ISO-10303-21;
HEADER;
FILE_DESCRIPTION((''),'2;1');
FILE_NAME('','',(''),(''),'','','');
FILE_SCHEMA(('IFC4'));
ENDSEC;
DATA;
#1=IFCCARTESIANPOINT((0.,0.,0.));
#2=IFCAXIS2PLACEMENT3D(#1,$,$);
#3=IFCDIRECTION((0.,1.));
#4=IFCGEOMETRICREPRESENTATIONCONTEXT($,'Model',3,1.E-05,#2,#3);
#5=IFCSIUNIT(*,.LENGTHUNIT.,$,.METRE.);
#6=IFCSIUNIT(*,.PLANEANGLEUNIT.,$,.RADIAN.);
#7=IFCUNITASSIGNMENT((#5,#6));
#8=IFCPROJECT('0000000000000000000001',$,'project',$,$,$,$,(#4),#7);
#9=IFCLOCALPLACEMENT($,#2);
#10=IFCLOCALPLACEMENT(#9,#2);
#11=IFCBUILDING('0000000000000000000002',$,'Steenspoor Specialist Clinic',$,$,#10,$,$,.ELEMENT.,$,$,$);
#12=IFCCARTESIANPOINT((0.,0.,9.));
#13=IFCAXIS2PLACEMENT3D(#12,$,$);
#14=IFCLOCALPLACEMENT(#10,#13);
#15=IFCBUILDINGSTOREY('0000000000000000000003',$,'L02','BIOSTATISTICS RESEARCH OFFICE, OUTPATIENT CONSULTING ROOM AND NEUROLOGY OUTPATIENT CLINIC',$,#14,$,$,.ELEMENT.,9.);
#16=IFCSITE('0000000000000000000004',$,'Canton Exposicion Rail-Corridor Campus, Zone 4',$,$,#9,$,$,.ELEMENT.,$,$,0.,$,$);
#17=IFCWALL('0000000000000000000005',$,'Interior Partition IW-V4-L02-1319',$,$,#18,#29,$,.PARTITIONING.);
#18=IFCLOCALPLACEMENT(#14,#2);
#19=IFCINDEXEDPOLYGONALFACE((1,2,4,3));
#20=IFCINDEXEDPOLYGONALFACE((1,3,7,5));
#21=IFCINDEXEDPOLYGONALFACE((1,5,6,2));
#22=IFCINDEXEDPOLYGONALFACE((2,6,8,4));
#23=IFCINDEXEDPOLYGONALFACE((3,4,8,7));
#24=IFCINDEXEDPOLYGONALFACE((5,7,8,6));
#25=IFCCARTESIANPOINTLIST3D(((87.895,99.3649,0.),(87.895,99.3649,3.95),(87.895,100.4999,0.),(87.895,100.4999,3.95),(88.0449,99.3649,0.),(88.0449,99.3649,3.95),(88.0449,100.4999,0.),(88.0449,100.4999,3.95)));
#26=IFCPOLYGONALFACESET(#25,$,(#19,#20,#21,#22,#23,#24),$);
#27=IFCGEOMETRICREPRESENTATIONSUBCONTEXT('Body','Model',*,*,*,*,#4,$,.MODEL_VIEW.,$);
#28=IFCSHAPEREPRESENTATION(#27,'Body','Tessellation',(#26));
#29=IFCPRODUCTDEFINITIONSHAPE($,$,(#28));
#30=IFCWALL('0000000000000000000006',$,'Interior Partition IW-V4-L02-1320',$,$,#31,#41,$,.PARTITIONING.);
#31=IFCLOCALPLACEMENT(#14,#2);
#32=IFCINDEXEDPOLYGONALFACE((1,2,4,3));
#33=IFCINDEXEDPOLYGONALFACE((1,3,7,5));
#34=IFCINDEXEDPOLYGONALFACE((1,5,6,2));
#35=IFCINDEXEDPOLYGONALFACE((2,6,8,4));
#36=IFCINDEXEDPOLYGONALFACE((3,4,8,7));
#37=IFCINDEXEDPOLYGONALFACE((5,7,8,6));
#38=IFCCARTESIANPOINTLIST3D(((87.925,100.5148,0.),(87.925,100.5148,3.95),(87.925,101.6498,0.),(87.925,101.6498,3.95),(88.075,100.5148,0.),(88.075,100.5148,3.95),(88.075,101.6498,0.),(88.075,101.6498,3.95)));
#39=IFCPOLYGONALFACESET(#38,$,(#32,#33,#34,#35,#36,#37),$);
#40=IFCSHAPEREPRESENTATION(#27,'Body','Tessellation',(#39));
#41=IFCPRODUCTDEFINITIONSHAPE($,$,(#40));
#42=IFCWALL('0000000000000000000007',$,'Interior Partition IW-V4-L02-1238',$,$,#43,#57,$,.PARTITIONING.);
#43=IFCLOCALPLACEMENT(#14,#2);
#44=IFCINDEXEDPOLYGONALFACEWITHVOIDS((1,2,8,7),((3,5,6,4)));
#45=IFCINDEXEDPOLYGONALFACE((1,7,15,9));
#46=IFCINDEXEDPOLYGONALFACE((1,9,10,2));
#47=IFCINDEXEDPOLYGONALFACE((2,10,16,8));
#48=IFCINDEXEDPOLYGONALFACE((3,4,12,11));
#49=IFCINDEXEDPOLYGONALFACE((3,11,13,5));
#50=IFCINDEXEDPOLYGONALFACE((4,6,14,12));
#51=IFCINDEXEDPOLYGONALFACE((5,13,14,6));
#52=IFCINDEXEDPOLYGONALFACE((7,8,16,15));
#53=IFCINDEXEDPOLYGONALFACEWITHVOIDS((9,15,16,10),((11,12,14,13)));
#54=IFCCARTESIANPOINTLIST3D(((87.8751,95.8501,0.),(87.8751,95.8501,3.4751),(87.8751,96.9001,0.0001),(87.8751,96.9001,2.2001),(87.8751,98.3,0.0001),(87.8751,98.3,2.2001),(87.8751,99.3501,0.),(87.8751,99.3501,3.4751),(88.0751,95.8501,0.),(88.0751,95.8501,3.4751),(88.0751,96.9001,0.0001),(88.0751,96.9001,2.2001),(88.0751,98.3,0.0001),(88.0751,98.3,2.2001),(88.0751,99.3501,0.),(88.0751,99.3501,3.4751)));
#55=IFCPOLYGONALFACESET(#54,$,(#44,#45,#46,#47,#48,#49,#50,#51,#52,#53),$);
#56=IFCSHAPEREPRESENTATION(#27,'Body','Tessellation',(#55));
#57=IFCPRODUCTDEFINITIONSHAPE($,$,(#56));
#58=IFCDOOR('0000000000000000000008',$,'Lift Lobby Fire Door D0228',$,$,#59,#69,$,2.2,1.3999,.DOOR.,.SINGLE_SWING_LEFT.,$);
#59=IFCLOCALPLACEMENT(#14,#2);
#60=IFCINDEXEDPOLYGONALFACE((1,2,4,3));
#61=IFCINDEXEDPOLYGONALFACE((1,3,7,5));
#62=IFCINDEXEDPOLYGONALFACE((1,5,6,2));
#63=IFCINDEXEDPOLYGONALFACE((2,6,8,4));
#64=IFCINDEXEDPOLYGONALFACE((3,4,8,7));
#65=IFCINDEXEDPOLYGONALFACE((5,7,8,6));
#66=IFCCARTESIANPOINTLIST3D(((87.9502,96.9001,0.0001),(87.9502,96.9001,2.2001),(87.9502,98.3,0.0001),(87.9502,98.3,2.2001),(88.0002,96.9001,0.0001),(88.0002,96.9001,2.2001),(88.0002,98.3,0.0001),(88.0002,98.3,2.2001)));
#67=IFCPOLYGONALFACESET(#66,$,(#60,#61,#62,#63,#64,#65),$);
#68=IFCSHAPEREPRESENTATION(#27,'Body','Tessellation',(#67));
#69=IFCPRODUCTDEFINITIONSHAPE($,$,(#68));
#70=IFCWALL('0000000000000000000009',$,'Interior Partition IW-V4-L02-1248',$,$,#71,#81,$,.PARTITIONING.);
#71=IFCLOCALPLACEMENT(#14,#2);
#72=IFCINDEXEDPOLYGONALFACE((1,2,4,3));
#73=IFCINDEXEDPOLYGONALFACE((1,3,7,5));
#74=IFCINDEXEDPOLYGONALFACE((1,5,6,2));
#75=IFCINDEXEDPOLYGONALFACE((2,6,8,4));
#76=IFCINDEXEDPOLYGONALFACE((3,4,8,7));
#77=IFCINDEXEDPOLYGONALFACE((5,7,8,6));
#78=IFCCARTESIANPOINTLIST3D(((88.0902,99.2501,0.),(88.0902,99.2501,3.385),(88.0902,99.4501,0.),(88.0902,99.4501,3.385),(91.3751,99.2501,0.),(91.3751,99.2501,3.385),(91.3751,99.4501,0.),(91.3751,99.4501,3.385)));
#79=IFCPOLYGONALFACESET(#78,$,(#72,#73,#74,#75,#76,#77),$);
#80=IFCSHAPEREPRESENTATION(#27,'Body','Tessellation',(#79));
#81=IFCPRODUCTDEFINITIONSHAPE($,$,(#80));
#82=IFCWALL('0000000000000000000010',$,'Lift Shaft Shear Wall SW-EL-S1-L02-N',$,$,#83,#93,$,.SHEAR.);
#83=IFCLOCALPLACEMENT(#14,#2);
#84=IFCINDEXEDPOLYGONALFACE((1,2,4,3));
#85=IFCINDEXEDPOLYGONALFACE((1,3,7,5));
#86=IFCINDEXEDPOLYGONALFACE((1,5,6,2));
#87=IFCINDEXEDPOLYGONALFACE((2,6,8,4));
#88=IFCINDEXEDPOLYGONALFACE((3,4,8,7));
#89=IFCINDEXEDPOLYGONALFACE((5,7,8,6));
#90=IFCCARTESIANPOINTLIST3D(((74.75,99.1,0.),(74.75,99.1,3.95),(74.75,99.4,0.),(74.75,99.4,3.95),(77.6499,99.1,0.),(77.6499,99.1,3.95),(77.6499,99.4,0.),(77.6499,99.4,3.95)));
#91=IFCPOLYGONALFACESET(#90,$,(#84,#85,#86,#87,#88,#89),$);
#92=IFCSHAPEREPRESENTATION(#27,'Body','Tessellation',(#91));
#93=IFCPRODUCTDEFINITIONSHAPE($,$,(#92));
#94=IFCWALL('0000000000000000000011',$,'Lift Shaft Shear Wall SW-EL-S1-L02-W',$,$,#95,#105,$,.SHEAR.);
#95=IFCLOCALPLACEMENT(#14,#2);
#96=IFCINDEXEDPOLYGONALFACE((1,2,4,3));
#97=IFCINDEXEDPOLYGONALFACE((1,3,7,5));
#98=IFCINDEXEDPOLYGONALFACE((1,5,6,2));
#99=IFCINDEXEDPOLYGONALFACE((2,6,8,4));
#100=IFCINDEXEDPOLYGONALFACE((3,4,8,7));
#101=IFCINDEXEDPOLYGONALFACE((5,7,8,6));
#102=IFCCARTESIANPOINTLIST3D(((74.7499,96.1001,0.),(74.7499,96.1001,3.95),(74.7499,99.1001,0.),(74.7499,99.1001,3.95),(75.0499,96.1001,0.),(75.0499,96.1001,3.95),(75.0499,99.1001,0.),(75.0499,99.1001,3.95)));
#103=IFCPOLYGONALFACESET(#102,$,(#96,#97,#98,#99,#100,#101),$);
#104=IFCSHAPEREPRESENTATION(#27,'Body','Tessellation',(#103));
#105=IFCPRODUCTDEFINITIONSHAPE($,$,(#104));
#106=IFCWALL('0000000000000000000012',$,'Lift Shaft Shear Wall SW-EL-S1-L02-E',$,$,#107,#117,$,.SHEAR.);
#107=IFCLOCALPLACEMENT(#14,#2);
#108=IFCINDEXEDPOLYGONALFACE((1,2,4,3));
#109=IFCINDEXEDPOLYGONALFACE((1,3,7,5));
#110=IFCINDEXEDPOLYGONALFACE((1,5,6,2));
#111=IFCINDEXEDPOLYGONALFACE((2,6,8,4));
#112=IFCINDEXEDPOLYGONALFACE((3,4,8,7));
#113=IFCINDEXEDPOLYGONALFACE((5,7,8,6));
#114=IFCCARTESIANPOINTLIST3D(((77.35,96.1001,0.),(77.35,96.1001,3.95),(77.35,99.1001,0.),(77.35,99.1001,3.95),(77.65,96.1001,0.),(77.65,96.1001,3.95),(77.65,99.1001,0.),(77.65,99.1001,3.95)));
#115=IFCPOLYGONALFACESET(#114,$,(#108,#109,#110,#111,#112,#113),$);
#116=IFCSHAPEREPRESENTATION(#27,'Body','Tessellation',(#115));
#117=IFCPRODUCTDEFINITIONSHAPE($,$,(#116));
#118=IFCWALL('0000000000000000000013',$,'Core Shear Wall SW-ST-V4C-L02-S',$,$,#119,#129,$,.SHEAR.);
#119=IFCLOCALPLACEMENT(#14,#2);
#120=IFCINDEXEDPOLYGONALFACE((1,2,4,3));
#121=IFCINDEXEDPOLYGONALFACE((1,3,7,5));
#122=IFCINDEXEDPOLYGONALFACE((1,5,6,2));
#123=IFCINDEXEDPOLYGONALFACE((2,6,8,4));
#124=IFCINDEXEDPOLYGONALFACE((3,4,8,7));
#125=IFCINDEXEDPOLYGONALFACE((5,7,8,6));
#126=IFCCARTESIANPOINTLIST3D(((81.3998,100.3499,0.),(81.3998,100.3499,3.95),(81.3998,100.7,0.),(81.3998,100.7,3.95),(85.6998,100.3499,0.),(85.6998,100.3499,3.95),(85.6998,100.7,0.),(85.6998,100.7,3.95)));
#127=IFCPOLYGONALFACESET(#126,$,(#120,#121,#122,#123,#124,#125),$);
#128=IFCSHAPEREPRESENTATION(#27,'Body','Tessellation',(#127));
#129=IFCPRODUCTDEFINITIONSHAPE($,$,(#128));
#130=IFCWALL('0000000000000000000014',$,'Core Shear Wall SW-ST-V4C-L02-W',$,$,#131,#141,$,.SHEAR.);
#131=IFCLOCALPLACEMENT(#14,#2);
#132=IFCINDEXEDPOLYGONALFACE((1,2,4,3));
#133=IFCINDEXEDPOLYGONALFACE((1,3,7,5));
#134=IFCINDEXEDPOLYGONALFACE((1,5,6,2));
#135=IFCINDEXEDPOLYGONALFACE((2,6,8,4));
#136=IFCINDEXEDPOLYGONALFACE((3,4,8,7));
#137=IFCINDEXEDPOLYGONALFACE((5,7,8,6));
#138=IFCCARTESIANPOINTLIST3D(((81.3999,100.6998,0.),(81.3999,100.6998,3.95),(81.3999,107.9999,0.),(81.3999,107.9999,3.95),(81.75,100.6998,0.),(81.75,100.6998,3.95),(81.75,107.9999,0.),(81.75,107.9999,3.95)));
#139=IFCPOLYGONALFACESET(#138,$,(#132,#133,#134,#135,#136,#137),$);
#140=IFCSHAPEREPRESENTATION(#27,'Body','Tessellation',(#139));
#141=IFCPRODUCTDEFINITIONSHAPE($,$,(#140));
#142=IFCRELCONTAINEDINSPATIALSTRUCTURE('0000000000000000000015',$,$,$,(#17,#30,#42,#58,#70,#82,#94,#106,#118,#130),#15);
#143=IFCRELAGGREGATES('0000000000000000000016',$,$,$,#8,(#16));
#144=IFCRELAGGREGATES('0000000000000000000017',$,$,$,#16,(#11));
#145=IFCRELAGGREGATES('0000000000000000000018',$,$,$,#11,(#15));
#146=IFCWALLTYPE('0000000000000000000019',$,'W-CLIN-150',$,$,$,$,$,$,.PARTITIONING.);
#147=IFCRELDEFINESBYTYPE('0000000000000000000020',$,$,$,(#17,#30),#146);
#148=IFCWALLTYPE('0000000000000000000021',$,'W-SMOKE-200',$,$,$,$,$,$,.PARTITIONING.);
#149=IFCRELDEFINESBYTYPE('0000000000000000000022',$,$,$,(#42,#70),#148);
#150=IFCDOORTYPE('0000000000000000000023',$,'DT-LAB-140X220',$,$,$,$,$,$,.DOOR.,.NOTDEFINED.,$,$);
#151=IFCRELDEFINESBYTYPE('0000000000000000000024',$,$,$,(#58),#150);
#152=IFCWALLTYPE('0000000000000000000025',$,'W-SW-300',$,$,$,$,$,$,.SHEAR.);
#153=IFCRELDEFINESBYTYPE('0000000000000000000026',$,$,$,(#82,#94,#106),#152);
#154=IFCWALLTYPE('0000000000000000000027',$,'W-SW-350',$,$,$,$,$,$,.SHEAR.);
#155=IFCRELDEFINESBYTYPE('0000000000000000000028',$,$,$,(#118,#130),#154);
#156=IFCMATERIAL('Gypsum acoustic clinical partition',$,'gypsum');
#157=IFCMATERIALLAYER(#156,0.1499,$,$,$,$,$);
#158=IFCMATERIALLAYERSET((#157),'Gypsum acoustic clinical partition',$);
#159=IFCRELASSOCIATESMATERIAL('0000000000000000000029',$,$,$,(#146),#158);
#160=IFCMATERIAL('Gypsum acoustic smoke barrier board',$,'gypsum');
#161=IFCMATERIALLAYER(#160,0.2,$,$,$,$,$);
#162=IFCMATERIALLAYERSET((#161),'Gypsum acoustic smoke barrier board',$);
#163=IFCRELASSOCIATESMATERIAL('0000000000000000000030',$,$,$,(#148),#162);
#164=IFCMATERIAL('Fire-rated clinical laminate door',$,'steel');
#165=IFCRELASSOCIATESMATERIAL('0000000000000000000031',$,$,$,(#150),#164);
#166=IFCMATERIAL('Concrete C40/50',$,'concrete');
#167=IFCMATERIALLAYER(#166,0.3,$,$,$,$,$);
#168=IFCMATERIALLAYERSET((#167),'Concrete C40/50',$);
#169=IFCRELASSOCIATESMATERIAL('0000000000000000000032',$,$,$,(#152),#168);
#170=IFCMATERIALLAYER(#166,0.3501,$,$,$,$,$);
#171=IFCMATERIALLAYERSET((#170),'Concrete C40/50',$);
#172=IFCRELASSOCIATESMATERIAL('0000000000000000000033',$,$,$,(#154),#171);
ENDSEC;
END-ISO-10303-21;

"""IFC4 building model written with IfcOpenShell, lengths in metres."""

from ifc_helpers import new_model, si_unit, direction, frame, frame_2d, origin, place, context, subcontext, project, spatial, rectangle, extrude, material, layer, layer_set, type_object, element, fill, save


model = new_model("IFC4")

# Units and contexts
model_context = context("Model", 3, precision=1e-05, world=origin(), true_north=direction((0.0, 1.0)))
body_context = subcontext(model_context, "Body", "Model", "MODEL_VIEW")
ifc_project = project(units=[si_unit("LENGTHUNIT", "METRE"), si_unit("PLANEANGLEUNIT", "RADIAN")], contexts=[model_context])

# Site, building, storey
site_placement = place(None, origin())
site = spatial("IfcSite", under=ifc_project, at=site_placement, Name="Canton Exposicion Rail-Corridor Campus, Zone 4", CompositionType="ELEMENT", RefElevation=0.0)
building_placement = place(site_placement, origin())
building = spatial("IfcBuilding", under=site, at=building_placement, Name="Steenspoor Specialist Clinic", CompositionType="ELEMENT")
storey_placement = place(building_placement, frame((0.0, 0.0, 9.0)))
storey = spatial("IfcBuildingStorey", under=building, at=storey_placement, Name="L02", Description="BIOSTATISTICS RESEARCH OFFICE, OUTPATIENT CONSULTING ROOM AND NEUROLOGY OUTPATIENT CLINIC", CompositionType="ELEMENT", Elevation=9.0)

# Shared definitions
ifc_material_1 = material(Name="Concrete C40/50", Category="concrete")

# Walls
ifc_material_2 = material(Name="Gypsum acoustic clinical partition", Category="gypsum")
ifc_layer_1 = layer(ifc_material_2, 0.1499)
ifc_layer_set_1 = layer_set([ifc_layer_1], Name="Gypsum acoustic clinical partition")
wall_type_1 = type_object("IfcWallType", Name="W-CLIN-150", PredefinedType="PARTITIONING", material=ifc_layer_set_1)
for number, where, z_axis, x_axis, name in (
    (1, (87.97, 99.365, 0.0), (0.0, 0.0, 1.0), (0.0, 1.0, 0.0), "Interior Partition IW-V4-L02-1319"),
    (2, (88.0, 100.5149, 0.0), (0.0, 0.0, 1.0), (0.0, 1.0, 0.0), "Interior Partition IW-V4-L02-1320"),
):
    element("IfcWall", number, at=place(storey_placement, frame(where, z_axis=z_axis, x_axis=x_axis)), inside=storey, type_object=wall_type_1, Name=name, PredefinedType="PARTITIONING", context=body_context, shape_type="SweptSolid", body=[
        extrude(rectangle(XDim=1.135, YDim=0.1499, at=frame_2d((0.5674, 0.0))), origin(), (0.0, 0.0, 1.0), 3.95),
    ])

# Wall, opening, door
ifc_material_3 = material(Name="Gypsum acoustic smoke barrier board", Category="gypsum")
ifc_layer_2 = layer(ifc_material_3, 0.2)
ifc_layer_set_2 = layer_set([ifc_layer_2], Name="Gypsum acoustic smoke barrier board")
wall_type_2 = type_object("IfcWallType", Name="W-SMOKE-200", PredefinedType="PARTITIONING", material=ifc_layer_set_2)
wall_1_placement = place(storey_placement, frame((87.9751, 95.8501, 0.0), z_axis=(0.0, 0.0, 1.0), x_axis=(0.0, 1.0, 0.0)))
wall_1 = element("IfcWall", 3, at=wall_1_placement, inside=storey, type_object=wall_type_2, Name="Interior Partition IW-V4-L02-1238", PredefinedType="PARTITIONING", context=body_context, shape_type="SweptSolid", body=[
    extrude(rectangle(XDim=3.5, YDim=0.2, at=frame_2d((1.75, 0.0))), origin(), (0.0, 0.0, 1.0), 3.4751),
])
opening_1_placement = place(wall_1_placement, frame((1.05, 0.0, 0.0)))
opening_1 = element("IfcOpeningElement", 4, at=opening_1_placement, cuts=wall_1, PredefinedType="OPENING", context=body_context, shape_type="SweptSolid", body=[
    extrude(rectangle(XDim=1.3999, YDim=2.2, at=frame_2d((0.7, 1.1001))), frame((0.0, 0.1099, 0.0), z_axis=(0.0, -1.0, 0.0), x_axis=(1.0, 0.0, 0.0)), (0.0, 0.0, 1.0), 0.22),
])
ifc_material_4 = material(Name="Fire-rated clinical laminate door", Category="steel")
door_type_1 = type_object("IfcDoorType", Name="DT-LAB-140X220", OperationType="NOTDEFINED", PredefinedType="DOOR", material=ifc_material_4)
door_1_placement = place(opening_1_placement, origin())
door_1 = element("IfcDoor", 5, at=door_1_placement, inside=storey, type_object=door_type_1, Name="Lift Lobby Fire Door D0228", OperationType="SINGLE_SWING_LEFT", OverallHeight=2.2, OverallWidth=1.3999, PredefinedType="DOOR", context=body_context, shape_type="SweptSolid", body=[
    extrude(rectangle(XDim=1.3999, YDim=2.2, at=frame_2d((0.7, 1.1001))), frame((0.0, 0.0249, 0.0), z_axis=(0.0, -1.0, 0.0), x_axis=(1.0, 0.0, 0.0)), (0.0, 0.0, 1.0), 0.05),
])
fill(opening_1, door_1)

# Wall
wall_2_placement = place(storey_placement, frame((88.0901, 99.3501, 0.0), z_axis=(0.0, 0.0, 1.0), x_axis=(1.0, 0.0, 0.0)))
element("IfcWall", 6, at=wall_2_placement, inside=storey, type_object=wall_type_2, Name="Interior Partition IW-V4-L02-1248", PredefinedType="PARTITIONING", context=body_context, shape_type="SweptSolid", body=[
    extrude(rectangle(XDim=3.2849, YDim=0.2, at=frame_2d((1.6426, 0.0))), origin(), (0.0, 0.0, 1.0), 3.385),
])

# Shared definitions
ifc_layer_3 = layer(ifc_material_1, 0.3)
ifc_layer_set_3 = layer_set([ifc_layer_3], Name="Concrete C40/50")
wall_type_3 = type_object("IfcWallType", Name="W-SW-300", PredefinedType="SHEAR", material=ifc_layer_set_3)

# Walls
wall_3_placement = place(storey_placement, frame((74.75, 99.25, 0.0), z_axis=(0.0, 0.0, 1.0), x_axis=(1.0, 0.0, 0.0)))
element("IfcWall", 7, at=wall_3_placement, inside=storey, type_object=wall_type_3, Name="Lift Shaft Shear Wall SW-EL-S1-L02-N", PredefinedType="SHEAR", context=body_context, shape_type="SweptSolid", body=[
    extrude(rectangle(XDim=2.8999, YDim=0.3, at=frame_2d((1.45, 0.0))), origin(), (0.0, 0.0, 1.0), 3.95),
])
for number, where, z_axis, x_axis, name in (
    (8, (74.8999, 96.1001, 0.0), (0.0, 0.0, 1.0), (0.0, 1.0, 0.0), "Lift Shaft Shear Wall SW-EL-S1-L02-W"),
    (9, (77.5, 96.1001, 0.0), (0.0, 0.0, 1.0), (0.0, 1.0, 0.0), "Lift Shaft Shear Wall SW-EL-S1-L02-E"),
):
    element("IfcWall", number, at=place(storey_placement, frame(where, z_axis=z_axis, x_axis=x_axis)), inside=storey, type_object=wall_type_3, Name=name, PredefinedType="SHEAR", context=body_context, shape_type="SweptSolid", body=[
        extrude(rectangle(XDim=3.0, YDim=0.3, at=frame_2d((1.5, 0.0))), origin(), (0.0, 0.0, 1.0), 3.95),
    ])
ifc_layer_4 = layer(ifc_material_1, 0.3501)
ifc_layer_set_4 = layer_set([ifc_layer_4], Name="Concrete C40/50")
wall_type_4 = type_object("IfcWallType", Name="W-SW-350", PredefinedType="SHEAR", material=ifc_layer_set_4)
wall_4_placement = place(storey_placement, frame((81.3999, 100.5249, 0.0), z_axis=(0.0, 0.0, 1.0), x_axis=(1.0, 0.0, 0.0)))
element("IfcWall", 10, at=wall_4_placement, inside=storey, type_object=wall_type_4, Name="Core Shear Wall SW-ST-V4C-L02-S", PredefinedType="SHEAR", context=body_context, shape_type="SweptSolid", body=[
    extrude(rectangle(XDim=4.3, YDim=0.3501, at=frame_2d((2.1499, 0.0))), origin(), (0.0, 0.0, 1.0), 3.95),
])
wall_5_placement = place(storey_placement, frame((81.575, 100.7, 0.0), z_axis=(0.0, 0.0, 1.0), x_axis=(0.0, 1.0, 0.0)))
element("IfcWall", 11, at=wall_5_placement, inside=storey, type_object=wall_type_4, Name="Core Shear Wall SW-ST-V4C-L02-W", PredefinedType="SHEAR", context=body_context, shape_type="SweptSolid", body=[
    extrude(rectangle(XDim=7.3, YDim=0.3501, at=frame_2d((3.6499, 0.0))), origin(), (0.0, 0.0, 1.0), 3.95),
])

save(model, "model.ifc")
